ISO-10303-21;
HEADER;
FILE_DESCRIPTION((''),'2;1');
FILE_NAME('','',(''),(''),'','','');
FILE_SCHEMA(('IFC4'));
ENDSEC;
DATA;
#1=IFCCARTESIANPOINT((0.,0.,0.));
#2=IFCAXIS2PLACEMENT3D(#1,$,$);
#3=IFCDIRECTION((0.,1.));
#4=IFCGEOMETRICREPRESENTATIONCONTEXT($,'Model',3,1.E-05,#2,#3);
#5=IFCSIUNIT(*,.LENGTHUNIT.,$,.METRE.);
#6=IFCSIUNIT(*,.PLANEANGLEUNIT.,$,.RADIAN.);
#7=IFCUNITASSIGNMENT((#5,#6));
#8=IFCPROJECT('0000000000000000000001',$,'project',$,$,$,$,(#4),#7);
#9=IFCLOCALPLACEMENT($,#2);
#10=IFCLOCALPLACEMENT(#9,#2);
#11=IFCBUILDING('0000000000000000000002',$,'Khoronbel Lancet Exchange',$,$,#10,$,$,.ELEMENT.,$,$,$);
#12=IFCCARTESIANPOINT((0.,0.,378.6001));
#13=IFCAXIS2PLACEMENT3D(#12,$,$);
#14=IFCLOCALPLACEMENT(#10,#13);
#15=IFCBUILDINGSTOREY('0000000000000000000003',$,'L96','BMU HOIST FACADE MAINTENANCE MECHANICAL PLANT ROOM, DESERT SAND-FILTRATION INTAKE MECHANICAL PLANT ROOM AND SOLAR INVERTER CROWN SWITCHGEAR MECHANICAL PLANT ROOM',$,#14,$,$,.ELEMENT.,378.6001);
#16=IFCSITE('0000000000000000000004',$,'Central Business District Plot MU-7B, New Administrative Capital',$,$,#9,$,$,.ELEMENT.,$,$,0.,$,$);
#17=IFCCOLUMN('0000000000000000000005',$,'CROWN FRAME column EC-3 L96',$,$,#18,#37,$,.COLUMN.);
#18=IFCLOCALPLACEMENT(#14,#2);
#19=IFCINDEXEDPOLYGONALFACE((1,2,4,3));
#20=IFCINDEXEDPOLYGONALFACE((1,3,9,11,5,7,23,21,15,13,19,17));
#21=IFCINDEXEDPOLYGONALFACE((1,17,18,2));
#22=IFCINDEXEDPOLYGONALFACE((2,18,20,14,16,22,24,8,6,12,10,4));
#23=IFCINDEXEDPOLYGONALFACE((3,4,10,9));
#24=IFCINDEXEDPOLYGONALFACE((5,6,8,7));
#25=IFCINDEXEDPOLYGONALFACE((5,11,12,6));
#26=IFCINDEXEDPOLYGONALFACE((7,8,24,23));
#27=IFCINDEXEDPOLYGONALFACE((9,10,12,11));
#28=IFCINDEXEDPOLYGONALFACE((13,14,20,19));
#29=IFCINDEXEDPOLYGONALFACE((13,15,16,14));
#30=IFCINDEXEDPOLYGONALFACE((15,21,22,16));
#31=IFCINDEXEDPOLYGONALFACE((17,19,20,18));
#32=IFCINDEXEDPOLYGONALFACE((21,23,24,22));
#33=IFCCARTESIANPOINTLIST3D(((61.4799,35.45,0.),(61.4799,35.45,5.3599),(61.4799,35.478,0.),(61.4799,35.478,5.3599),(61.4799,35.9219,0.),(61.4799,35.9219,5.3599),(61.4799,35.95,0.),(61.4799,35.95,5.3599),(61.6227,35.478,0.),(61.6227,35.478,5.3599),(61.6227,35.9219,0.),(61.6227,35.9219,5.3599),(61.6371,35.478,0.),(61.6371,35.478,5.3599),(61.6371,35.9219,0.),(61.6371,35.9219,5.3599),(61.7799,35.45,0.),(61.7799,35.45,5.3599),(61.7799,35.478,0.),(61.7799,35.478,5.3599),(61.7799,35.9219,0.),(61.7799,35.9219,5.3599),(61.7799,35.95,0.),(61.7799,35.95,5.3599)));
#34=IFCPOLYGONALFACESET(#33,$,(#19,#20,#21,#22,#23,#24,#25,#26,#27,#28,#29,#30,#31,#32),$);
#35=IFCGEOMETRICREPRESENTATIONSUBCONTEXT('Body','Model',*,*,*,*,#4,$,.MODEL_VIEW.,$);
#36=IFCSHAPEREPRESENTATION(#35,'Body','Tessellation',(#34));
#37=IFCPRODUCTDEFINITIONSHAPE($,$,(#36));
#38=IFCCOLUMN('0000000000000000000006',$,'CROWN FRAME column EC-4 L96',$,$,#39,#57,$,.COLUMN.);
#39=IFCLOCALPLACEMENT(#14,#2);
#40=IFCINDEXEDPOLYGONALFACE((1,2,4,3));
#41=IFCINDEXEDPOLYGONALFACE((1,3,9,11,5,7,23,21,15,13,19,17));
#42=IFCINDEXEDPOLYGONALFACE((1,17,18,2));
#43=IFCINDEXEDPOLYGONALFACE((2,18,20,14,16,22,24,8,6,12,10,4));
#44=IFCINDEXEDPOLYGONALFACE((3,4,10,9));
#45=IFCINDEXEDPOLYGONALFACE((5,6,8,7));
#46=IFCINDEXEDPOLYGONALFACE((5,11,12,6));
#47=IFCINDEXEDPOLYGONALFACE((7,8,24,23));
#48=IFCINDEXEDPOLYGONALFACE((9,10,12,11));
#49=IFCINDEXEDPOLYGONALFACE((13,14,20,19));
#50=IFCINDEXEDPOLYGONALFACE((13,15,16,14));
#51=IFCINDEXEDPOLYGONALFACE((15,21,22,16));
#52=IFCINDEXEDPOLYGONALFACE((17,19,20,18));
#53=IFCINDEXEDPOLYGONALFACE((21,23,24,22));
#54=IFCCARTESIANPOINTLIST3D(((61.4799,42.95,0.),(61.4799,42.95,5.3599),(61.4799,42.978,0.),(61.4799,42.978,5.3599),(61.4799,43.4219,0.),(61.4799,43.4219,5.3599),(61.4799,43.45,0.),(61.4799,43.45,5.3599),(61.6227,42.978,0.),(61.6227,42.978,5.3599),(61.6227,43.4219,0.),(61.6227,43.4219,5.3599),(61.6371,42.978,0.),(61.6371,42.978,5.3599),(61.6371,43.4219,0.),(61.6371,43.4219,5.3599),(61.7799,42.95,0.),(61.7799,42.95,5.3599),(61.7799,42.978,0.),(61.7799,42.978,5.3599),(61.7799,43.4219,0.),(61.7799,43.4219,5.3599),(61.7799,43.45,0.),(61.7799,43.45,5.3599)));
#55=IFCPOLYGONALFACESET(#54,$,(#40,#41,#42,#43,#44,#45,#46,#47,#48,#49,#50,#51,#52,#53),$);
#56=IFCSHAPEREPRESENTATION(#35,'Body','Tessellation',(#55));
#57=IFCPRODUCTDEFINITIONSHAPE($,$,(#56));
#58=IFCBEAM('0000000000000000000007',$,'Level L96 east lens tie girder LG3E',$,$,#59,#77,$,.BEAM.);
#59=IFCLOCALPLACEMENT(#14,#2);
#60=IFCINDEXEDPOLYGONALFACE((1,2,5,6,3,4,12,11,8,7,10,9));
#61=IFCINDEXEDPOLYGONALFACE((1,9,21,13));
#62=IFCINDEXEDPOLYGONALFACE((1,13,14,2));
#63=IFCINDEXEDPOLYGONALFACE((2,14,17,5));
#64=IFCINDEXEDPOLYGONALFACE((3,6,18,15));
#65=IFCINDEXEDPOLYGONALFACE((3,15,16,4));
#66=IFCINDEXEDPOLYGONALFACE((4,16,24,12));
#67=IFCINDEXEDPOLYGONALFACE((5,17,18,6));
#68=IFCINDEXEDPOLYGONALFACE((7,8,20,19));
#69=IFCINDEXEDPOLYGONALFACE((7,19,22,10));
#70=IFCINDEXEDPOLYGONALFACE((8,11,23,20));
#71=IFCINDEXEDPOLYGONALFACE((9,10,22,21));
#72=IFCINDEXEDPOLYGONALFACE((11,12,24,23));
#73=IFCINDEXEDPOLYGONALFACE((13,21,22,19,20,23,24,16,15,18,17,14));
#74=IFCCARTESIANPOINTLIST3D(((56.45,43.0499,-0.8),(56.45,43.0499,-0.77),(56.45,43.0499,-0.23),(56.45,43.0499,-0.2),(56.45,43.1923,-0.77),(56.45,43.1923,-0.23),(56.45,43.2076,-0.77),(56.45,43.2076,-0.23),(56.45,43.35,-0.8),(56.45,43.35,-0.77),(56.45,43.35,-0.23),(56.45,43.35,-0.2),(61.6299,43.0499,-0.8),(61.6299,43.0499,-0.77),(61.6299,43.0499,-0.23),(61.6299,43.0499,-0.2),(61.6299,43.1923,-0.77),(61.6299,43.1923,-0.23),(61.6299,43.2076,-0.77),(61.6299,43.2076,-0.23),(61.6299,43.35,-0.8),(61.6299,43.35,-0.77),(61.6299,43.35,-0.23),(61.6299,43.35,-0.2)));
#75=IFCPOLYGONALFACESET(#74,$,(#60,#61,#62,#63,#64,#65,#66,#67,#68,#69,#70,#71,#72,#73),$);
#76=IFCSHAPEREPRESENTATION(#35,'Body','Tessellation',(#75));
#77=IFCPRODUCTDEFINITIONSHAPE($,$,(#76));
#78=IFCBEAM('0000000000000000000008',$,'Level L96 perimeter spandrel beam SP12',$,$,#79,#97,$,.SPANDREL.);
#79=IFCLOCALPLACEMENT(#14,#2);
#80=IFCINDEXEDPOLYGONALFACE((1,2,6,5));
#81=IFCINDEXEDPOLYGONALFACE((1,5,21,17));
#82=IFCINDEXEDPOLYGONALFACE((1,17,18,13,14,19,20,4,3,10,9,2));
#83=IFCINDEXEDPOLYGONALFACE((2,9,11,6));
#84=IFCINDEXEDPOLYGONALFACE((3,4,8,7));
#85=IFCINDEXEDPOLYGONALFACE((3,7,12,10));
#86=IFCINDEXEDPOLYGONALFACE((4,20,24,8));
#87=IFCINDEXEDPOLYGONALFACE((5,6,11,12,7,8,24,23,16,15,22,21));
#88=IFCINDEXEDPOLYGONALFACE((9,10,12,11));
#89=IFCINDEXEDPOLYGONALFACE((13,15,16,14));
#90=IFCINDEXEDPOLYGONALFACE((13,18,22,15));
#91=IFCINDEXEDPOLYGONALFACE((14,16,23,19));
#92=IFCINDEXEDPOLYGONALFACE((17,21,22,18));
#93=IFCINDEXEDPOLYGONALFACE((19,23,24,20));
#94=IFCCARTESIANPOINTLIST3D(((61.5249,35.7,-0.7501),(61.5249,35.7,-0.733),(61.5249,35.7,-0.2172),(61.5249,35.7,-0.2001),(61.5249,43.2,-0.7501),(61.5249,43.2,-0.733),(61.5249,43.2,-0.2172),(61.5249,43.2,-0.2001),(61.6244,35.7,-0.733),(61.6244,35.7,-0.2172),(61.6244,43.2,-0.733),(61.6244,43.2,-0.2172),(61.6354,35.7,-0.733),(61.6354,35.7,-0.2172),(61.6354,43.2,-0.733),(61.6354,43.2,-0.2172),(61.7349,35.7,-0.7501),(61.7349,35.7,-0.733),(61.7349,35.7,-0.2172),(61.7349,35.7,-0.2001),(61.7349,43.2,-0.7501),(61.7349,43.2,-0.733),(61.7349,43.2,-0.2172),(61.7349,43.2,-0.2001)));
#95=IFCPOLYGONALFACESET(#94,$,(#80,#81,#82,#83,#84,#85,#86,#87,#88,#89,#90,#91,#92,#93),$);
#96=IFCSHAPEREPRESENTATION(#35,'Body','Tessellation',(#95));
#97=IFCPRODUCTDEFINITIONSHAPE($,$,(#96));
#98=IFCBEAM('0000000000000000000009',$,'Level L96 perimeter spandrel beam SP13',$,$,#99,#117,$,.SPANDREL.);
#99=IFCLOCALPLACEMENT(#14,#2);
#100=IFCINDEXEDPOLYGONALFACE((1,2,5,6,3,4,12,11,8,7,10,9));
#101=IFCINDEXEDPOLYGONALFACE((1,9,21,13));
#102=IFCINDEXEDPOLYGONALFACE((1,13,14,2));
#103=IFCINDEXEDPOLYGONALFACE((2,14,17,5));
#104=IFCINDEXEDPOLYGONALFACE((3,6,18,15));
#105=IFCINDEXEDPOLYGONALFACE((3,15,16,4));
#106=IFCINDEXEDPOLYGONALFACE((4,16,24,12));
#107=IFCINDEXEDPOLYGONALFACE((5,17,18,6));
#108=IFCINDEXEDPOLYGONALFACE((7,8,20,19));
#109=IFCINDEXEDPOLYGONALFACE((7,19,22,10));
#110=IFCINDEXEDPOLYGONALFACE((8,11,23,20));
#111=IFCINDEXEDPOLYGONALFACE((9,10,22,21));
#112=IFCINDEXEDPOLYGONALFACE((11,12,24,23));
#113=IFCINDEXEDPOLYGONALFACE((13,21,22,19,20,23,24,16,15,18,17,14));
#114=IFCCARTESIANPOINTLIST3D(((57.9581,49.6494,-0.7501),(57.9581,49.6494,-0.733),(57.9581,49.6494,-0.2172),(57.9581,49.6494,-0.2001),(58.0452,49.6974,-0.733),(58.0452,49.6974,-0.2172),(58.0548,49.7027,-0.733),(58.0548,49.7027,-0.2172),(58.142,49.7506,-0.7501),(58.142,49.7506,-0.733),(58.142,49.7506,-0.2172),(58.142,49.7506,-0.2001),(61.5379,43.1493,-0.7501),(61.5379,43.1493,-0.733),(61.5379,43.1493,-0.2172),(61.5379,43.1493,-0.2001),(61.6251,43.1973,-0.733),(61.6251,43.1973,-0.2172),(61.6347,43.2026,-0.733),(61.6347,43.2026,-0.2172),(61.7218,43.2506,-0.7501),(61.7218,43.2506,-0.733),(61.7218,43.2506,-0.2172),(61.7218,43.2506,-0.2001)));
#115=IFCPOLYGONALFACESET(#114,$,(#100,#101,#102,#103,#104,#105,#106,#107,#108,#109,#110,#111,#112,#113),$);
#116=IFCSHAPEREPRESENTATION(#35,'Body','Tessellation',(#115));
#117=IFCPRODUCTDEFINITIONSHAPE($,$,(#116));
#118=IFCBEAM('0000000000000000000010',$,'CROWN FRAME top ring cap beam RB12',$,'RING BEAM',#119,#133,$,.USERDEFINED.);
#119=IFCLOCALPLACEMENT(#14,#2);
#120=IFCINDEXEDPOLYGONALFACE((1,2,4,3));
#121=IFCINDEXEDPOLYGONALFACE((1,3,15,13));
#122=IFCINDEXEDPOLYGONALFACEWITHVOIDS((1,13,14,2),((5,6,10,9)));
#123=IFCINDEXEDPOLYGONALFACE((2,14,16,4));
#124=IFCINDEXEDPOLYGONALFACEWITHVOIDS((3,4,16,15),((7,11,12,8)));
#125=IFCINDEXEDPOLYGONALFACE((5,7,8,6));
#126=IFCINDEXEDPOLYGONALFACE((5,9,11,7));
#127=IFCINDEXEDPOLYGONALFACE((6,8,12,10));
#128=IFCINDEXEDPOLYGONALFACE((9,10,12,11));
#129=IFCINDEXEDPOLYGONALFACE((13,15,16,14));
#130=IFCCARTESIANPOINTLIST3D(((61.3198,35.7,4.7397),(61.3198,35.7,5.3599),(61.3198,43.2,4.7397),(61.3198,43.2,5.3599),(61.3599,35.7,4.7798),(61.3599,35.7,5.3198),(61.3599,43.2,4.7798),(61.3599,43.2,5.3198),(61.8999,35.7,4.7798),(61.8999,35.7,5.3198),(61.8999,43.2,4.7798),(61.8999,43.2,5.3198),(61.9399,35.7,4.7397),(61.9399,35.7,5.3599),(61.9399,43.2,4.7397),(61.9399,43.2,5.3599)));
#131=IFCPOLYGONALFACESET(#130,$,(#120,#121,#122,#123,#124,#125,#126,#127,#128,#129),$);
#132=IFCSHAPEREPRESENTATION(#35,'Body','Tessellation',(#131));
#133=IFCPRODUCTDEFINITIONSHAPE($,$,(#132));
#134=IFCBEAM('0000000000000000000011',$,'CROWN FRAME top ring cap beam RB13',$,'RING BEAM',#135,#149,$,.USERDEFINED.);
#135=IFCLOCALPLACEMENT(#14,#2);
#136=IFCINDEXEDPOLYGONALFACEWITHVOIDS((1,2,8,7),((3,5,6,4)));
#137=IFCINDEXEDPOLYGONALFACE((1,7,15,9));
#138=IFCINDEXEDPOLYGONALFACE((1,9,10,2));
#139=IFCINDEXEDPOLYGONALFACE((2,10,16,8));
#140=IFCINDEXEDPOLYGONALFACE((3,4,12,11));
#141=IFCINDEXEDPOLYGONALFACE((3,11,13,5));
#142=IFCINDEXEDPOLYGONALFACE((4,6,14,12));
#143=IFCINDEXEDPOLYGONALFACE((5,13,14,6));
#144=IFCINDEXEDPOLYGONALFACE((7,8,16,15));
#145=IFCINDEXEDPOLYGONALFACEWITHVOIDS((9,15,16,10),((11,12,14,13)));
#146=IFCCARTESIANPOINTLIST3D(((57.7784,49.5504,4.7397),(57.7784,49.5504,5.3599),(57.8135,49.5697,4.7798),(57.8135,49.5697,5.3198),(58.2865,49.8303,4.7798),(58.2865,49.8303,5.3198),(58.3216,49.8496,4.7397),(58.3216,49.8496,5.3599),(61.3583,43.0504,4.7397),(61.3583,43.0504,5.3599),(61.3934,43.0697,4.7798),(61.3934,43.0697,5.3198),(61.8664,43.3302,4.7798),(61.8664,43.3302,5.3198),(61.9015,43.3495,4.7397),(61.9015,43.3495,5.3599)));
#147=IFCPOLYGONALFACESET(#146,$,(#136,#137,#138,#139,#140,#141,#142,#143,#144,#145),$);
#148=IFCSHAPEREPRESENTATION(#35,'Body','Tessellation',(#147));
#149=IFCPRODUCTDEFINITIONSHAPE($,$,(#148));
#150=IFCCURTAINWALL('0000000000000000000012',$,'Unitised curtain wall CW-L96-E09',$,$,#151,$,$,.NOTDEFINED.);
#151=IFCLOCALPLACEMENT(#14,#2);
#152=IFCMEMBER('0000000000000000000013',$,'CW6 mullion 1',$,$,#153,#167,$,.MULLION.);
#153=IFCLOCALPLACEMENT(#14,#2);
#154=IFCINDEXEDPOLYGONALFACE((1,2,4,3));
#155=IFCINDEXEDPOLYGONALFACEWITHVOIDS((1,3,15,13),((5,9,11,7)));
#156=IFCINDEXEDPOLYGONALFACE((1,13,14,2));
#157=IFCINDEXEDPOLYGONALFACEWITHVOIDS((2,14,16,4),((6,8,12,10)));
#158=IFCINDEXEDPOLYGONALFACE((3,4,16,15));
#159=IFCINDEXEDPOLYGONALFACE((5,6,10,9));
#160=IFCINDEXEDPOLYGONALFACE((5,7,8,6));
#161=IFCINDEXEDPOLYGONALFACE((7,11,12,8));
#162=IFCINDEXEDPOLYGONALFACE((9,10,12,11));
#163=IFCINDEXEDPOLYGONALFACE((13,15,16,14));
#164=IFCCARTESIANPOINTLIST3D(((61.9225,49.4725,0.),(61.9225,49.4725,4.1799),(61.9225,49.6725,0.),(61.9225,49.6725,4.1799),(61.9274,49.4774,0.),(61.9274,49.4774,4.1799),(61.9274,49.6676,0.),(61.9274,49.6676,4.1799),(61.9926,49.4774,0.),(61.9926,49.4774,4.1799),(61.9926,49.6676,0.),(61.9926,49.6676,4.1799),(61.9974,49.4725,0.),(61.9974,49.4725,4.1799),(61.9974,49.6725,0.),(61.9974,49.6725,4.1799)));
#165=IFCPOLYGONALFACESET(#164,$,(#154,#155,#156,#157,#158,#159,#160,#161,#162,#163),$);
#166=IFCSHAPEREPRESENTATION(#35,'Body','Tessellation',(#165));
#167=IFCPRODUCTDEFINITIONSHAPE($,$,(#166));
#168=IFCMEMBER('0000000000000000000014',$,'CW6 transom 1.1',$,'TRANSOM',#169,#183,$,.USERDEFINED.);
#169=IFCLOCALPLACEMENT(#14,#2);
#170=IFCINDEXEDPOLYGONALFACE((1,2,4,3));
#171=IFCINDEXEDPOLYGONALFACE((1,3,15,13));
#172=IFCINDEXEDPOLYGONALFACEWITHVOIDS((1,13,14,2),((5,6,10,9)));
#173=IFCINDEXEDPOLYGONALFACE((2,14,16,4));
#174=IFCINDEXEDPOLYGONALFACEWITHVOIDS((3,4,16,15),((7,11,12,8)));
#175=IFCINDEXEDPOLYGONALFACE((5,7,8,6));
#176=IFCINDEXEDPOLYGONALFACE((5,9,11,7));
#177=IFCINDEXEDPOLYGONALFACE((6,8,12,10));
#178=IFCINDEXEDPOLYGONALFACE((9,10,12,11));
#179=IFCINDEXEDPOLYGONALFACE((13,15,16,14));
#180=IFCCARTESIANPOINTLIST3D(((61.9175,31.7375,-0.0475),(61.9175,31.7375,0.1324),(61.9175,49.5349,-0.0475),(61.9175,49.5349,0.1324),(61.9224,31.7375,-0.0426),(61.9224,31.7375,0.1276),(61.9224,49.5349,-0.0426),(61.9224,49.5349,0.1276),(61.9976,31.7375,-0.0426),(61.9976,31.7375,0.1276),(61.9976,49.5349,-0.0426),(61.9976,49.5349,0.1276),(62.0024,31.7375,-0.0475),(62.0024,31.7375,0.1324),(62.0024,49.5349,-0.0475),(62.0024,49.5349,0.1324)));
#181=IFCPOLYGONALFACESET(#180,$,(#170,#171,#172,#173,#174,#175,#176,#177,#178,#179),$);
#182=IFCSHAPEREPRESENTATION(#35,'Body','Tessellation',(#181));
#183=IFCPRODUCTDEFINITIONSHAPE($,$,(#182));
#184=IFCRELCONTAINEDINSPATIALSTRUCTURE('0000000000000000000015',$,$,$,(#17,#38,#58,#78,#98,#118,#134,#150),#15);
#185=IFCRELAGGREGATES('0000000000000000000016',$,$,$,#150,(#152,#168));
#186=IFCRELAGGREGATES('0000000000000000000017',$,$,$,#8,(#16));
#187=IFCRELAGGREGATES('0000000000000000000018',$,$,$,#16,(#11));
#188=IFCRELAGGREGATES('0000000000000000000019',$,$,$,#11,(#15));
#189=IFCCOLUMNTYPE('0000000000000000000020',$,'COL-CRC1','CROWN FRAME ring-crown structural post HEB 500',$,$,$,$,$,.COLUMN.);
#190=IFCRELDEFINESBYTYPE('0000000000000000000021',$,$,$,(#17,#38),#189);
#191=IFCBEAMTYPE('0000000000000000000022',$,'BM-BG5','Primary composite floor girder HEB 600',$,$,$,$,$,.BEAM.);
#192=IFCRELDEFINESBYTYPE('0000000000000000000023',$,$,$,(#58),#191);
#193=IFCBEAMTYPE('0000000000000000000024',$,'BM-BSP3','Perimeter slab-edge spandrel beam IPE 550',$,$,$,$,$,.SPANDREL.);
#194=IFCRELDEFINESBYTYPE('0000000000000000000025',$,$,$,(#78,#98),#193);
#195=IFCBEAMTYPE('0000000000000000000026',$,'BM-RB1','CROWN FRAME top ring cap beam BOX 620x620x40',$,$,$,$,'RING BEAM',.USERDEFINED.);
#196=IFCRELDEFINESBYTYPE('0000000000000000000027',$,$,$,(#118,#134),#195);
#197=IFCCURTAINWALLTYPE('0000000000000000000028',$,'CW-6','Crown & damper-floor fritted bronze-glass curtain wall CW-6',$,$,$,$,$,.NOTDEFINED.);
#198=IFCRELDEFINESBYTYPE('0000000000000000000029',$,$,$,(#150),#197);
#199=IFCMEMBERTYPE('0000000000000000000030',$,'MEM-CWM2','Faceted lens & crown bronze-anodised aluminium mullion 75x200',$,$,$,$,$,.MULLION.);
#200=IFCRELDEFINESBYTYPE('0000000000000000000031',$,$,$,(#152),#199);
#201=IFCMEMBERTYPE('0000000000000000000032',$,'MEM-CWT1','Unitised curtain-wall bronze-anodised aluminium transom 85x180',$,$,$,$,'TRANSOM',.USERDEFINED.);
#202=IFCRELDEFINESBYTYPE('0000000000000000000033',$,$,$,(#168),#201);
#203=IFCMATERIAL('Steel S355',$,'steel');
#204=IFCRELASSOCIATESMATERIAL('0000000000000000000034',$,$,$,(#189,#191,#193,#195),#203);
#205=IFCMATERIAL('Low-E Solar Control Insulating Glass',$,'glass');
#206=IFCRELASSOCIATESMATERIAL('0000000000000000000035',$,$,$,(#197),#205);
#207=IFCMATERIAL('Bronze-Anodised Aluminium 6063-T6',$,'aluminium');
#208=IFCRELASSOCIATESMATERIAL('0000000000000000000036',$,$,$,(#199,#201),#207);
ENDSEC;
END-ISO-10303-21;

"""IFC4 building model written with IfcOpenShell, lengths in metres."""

from ifc_helpers import new_model, si_unit, direction, frame, origin, origin_2d, place, context, subcontext, project, spatial, hollow_rectangle, i_section, extrude, material, material_profile, profile_set, type_object, element, aggregate, save


model = new_model("IFC4")

# Units and contexts
model_context = context("Model", 3, precision=1e-05, world=origin(), true_north=direction((0.0, 1.0)))
body_context = subcontext(model_context, "Body", "Model", "MODEL_VIEW")
ifc_project = project(units=[si_unit("LENGTHUNIT", "METRE"), si_unit("PLANEANGLEUNIT", "RADIAN")], contexts=[model_context])

# Site, building, storey
site_placement = place(None, origin())
site = spatial("IfcSite", under=ifc_project, at=site_placement, Name="Central Business District Plot MU-7B, New Administrative Capital", CompositionType="ELEMENT", RefElevation=0.0)
building_placement = place(site_placement, origin())
building = spatial("IfcBuilding", under=site, at=building_placement, Name="Khoronbel Lancet Exchange", CompositionType="ELEMENT")
storey_placement = place(building_placement, frame((0.0, 0.0, 378.6001)))
storey = spatial("IfcBuildingStorey", under=building, at=storey_placement, Name="L96", Description="BMU HOIST FACADE MAINTENANCE MECHANICAL PLANT ROOM, DESERT SAND-FILTRATION INTAKE MECHANICAL PLANT ROOM AND SOLAR INVERTER CROWN SWITCHGEAR MECHANICAL PLANT ROOM", CompositionType="ELEMENT", Elevation=378.6001)

# Columns
ifc_material_1 = material(Name="Steel S355", Category="steel")
ifc_material_profile_1 = material_profile(ifc_material_1, i_section(OverallWidth=0.3, OverallDepth=0.5, WebThickness=0.0144, FlangeThickness=0.0281, at=origin_2d()), Name="HEB 500")
ifc_profile_set_1 = profile_set([ifc_material_profile_1], Name="Steel S355")
column_type = type_object("IfcColumnType", Name="COL-CRC1", Description="CROWN FRAME ring-crown structural post HEB 500", PredefinedType="COLUMN", material=ifc_profile_set_1)
for number, where, z_axis, x_axis, name in (
    (1, (61.6299, 35.7, 0.0), (0.0, 0.0, 1.0), (1.0, 0.0, 0.0), "CROWN FRAME column EC-3 L96"),
    (2, (61.6299, 43.2, 0.0), (0.0, 0.0, 1.0), (1.0, 0.0, 0.0), "CROWN FRAME column EC-4 L96"),
):
    element("IfcColumn", number, at=place(storey_placement, frame(where, z_axis=z_axis, x_axis=x_axis)), inside=storey, type_object=column_type, Name=name, PredefinedType="COLUMN", context=body_context, shape_type="SweptSolid", body=[
        extrude(i_section(OverallWidth=0.3, OverallDepth=0.5, WebThickness=0.0144, FlangeThickness=0.0281, at=origin_2d()), origin(), (0.0, 0.0, 1.0), 5.3599),
    ])

# Beams
ifc_material_profile_2 = material_profile(ifc_material_1, i_section(OverallWidth=0.3, OverallDepth=0.6001, WebThickness=0.0154, FlangeThickness=0.03, at=origin_2d()), Name="HEB 600")
ifc_profile_set_2 = profile_set([ifc_material_profile_2], Name="Steel S355")
beam_type_1 = type_object("IfcBeamType", Name="BM-BG5", Description="Primary composite floor girder HEB 600", PredefinedType="BEAM", material=ifc_profile_set_2)
beam_1_placement = place(storey_placement, frame((56.45, 43.2, -0.5), z_axis=(1.0, 0.0, 0.0), x_axis=(0.0, 1.0, 0.0)))
element("IfcBeam", 3, at=beam_1_placement, inside=storey, type_object=beam_type_1, Name="Level L96 east lens tie girder LG3E", PredefinedType="BEAM", context=body_context, shape_type="SweptSolid", body=[
    extrude(i_section(OverallWidth=0.3, OverallDepth=0.6001, WebThickness=0.0154, FlangeThickness=0.03, at=origin_2d()), origin(), (0.0, 0.0, 1.0), 5.1799),
])
ifc_material_profile_3 = material_profile(ifc_material_1, i_section(OverallWidth=0.21, OverallDepth=0.55, WebThickness=0.011, FlangeThickness=0.0171, at=origin_2d()), Name="IPE 550")
ifc_profile_set_3 = profile_set([ifc_material_profile_3], Name="Steel S355")
beam_type_2 = type_object("IfcBeamType", Name="BM-BSP3", Description="Perimeter slab-edge spandrel beam IPE 550", PredefinedType="SPANDREL", material=ifc_profile_set_3)
beam_2_placement = place(storey_placement, frame((61.6299, 35.7, -0.4751), z_axis=(0.0, 1.0, 0.0), x_axis=(-1.0, 0.0, 0.0)))
element("IfcBeam", 4, at=beam_2_placement, inside=storey, type_object=beam_type_2, Name="Level L96 perimeter spandrel beam SP12", PredefinedType="SPANDREL", context=body_context, shape_type="SweptSolid", body=[
    extrude(i_section(OverallWidth=0.21, OverallDepth=0.55, WebThickness=0.011, FlangeThickness=0.0171, at=origin_2d()), origin(), (0.0, 0.0, 1.0), 7.5),
])
beam_3_placement = place(storey_placement, frame((61.6299, 43.2, -0.4751), z_axis=(-0.482419, 0.875941, 0.0), x_axis=(-0.875941, -0.482419, 0.0)))
element("IfcBeam", 5, at=beam_3_placement, inside=storey, type_object=beam_type_2, Name="Level L96 perimeter spandrel beam SP13", PredefinedType="SPANDREL", context=body_context, shape_type="SweptSolid", body=[
    extrude(i_section(OverallWidth=0.21, OverallDepth=0.55, WebThickness=0.011, FlangeThickness=0.0171, at=origin_2d()), origin(), (0.0, 0.0, 1.0), 7.4207),
])
ifc_material_profile_4 = material_profile(ifc_material_1, hollow_rectangle(XDim=0.6201, YDim=0.6201, WallThickness=0.04, at=origin_2d()), Name="BOX 620x620x40")
ifc_profile_set_4 = profile_set([ifc_material_profile_4], Name="Steel S355")
beam_type_3 = type_object("IfcBeamType", Name="BM-RB1", Description="CROWN FRAME top ring cap beam BOX 620x620x40", ElementType="RING BEAM", PredefinedType="USERDEFINED", material=ifc_profile_set_4)
beam_4_placement = place(storey_placement, frame((61.6299, 35.7, 5.0498), z_axis=(0.0, 1.0, 0.0), x_axis=(-1.0, 0.0, 0.0)))
element("IfcBeam", 6, at=beam_4_placement, inside=storey, type_object=beam_type_3, Name="CROWN FRAME top ring cap beam RB12", ObjectType="RING BEAM", PredefinedType="USERDEFINED", context=body_context, shape_type="SweptSolid", body=[
    extrude(hollow_rectangle(XDim=0.6201, YDim=0.6201, WallThickness=0.04, at=origin_2d()), origin(), (0.0, 0.0, 1.0), 7.5),
])
beam_5_placement = place(storey_placement, frame((61.6299, 43.2, 5.0498), z_axis=(-0.482419, 0.875941, 0.0), x_axis=(-0.875941, -0.482419, 0.0)))
element("IfcBeam", 7, at=beam_5_placement, inside=storey, type_object=beam_type_3, Name="CROWN FRAME top ring cap beam RB13", ObjectType="RING BEAM", PredefinedType="USERDEFINED", context=body_context, shape_type="SweptSolid", body=[
    extrude(hollow_rectangle(XDim=0.6201, YDim=0.6201, WallThickness=0.04, at=origin_2d()), origin(), (0.0, 0.0, 1.0), 7.4207),
])

# Curtain wall, members
ifc_material_2 = material(Name="Low-E Solar Control Insulating Glass", Category="glass")
curtain_wall_type = type_object("IfcCurtainWallType", Name="CW-6", Description="Crown & damper-floor fritted bronze-glass curtain wall CW-6", PredefinedType="NOTDEFINED", material=ifc_material_2)
curtain_wall_placement = place(storey_placement, origin())
curtain_wall = element("IfcCurtainWall", 8, at=curtain_wall_placement, inside=storey, type_object=curtain_wall_type, Name="Unitised curtain wall CW-L96-E09", PredefinedType="NOTDEFINED")
ifc_material_3 = material(Name="Bronze-Anodised Aluminium 6063-T6", Category="aluminium")
ifc_material_profile_5 = material_profile(ifc_material_3, hollow_rectangle(XDim=0.075, YDim=0.2, WallThickness=0.0049, at=origin_2d()), Name="ALU MULLION 75x200")
ifc_profile_set_5 = profile_set([ifc_material_profile_5], Name="Bronze-Anodised Aluminium 6063-T6")
member_type_1 = type_object("IfcMemberType", Name="MEM-CWM2", Description="Faceted lens & crown bronze-anodised aluminium mullion 75x200", PredefinedType="MULLION", material=ifc_profile_set_5)
member_1_placement = place(storey_placement, frame((61.96, 49.5725, 0.0), z_axis=(0.0, 0.0, 1.0), x_axis=(1.0, 0.0, 0.0)))
member_1 = element("IfcMember", 9, at=member_1_placement, type_object=member_type_1, Name="CW6 mullion 1", PredefinedType="MULLION", context=body_context, shape_type="SweptSolid", body=[
    extrude(hollow_rectangle(XDim=0.075, YDim=0.2, WallThickness=0.0049, at=origin_2d()), origin(), (0.0, 0.0, 1.0), 4.1799),
])
ifc_material_profile_6 = material_profile(ifc_material_3, hollow_rectangle(XDim=0.085, YDim=0.1799, WallThickness=0.0049, at=origin_2d()), Name="ALU TRANSOM 85x180")
ifc_profile_set_6 = profile_set([ifc_material_profile_6], Name="Bronze-Anodised Aluminium 6063-T6")
member_type_2 = type_object("IfcMemberType", Name="MEM-CWT1", Description="Unitised curtain-wall bronze-anodised aluminium transom 85x180", ElementType="TRANSOM", PredefinedType="USERDEFINED", material=ifc_profile_set_6)
member_2_placement = place(storey_placement, frame((61.96, 49.5349, 0.0425), z_axis=(0.0, -1.0, 0.0), x_axis=(1.0, 0.0, 0.0)))
member_2 = element("IfcMember", 10, at=member_2_placement, type_object=member_type_2, Name="CW6 transom 1.1", ObjectType="TRANSOM", PredefinedType="USERDEFINED", context=body_context, shape_type="SweptSolid", body=[
    extrude(hollow_rectangle(XDim=0.085, YDim=0.1799, WallThickness=0.0049, at=origin_2d()), origin(), (0.0, 0.0, 1.0), 17.7974),
])
aggregate(curtain_wall, [member_1, member_2])

save(model, "model.ifc")
